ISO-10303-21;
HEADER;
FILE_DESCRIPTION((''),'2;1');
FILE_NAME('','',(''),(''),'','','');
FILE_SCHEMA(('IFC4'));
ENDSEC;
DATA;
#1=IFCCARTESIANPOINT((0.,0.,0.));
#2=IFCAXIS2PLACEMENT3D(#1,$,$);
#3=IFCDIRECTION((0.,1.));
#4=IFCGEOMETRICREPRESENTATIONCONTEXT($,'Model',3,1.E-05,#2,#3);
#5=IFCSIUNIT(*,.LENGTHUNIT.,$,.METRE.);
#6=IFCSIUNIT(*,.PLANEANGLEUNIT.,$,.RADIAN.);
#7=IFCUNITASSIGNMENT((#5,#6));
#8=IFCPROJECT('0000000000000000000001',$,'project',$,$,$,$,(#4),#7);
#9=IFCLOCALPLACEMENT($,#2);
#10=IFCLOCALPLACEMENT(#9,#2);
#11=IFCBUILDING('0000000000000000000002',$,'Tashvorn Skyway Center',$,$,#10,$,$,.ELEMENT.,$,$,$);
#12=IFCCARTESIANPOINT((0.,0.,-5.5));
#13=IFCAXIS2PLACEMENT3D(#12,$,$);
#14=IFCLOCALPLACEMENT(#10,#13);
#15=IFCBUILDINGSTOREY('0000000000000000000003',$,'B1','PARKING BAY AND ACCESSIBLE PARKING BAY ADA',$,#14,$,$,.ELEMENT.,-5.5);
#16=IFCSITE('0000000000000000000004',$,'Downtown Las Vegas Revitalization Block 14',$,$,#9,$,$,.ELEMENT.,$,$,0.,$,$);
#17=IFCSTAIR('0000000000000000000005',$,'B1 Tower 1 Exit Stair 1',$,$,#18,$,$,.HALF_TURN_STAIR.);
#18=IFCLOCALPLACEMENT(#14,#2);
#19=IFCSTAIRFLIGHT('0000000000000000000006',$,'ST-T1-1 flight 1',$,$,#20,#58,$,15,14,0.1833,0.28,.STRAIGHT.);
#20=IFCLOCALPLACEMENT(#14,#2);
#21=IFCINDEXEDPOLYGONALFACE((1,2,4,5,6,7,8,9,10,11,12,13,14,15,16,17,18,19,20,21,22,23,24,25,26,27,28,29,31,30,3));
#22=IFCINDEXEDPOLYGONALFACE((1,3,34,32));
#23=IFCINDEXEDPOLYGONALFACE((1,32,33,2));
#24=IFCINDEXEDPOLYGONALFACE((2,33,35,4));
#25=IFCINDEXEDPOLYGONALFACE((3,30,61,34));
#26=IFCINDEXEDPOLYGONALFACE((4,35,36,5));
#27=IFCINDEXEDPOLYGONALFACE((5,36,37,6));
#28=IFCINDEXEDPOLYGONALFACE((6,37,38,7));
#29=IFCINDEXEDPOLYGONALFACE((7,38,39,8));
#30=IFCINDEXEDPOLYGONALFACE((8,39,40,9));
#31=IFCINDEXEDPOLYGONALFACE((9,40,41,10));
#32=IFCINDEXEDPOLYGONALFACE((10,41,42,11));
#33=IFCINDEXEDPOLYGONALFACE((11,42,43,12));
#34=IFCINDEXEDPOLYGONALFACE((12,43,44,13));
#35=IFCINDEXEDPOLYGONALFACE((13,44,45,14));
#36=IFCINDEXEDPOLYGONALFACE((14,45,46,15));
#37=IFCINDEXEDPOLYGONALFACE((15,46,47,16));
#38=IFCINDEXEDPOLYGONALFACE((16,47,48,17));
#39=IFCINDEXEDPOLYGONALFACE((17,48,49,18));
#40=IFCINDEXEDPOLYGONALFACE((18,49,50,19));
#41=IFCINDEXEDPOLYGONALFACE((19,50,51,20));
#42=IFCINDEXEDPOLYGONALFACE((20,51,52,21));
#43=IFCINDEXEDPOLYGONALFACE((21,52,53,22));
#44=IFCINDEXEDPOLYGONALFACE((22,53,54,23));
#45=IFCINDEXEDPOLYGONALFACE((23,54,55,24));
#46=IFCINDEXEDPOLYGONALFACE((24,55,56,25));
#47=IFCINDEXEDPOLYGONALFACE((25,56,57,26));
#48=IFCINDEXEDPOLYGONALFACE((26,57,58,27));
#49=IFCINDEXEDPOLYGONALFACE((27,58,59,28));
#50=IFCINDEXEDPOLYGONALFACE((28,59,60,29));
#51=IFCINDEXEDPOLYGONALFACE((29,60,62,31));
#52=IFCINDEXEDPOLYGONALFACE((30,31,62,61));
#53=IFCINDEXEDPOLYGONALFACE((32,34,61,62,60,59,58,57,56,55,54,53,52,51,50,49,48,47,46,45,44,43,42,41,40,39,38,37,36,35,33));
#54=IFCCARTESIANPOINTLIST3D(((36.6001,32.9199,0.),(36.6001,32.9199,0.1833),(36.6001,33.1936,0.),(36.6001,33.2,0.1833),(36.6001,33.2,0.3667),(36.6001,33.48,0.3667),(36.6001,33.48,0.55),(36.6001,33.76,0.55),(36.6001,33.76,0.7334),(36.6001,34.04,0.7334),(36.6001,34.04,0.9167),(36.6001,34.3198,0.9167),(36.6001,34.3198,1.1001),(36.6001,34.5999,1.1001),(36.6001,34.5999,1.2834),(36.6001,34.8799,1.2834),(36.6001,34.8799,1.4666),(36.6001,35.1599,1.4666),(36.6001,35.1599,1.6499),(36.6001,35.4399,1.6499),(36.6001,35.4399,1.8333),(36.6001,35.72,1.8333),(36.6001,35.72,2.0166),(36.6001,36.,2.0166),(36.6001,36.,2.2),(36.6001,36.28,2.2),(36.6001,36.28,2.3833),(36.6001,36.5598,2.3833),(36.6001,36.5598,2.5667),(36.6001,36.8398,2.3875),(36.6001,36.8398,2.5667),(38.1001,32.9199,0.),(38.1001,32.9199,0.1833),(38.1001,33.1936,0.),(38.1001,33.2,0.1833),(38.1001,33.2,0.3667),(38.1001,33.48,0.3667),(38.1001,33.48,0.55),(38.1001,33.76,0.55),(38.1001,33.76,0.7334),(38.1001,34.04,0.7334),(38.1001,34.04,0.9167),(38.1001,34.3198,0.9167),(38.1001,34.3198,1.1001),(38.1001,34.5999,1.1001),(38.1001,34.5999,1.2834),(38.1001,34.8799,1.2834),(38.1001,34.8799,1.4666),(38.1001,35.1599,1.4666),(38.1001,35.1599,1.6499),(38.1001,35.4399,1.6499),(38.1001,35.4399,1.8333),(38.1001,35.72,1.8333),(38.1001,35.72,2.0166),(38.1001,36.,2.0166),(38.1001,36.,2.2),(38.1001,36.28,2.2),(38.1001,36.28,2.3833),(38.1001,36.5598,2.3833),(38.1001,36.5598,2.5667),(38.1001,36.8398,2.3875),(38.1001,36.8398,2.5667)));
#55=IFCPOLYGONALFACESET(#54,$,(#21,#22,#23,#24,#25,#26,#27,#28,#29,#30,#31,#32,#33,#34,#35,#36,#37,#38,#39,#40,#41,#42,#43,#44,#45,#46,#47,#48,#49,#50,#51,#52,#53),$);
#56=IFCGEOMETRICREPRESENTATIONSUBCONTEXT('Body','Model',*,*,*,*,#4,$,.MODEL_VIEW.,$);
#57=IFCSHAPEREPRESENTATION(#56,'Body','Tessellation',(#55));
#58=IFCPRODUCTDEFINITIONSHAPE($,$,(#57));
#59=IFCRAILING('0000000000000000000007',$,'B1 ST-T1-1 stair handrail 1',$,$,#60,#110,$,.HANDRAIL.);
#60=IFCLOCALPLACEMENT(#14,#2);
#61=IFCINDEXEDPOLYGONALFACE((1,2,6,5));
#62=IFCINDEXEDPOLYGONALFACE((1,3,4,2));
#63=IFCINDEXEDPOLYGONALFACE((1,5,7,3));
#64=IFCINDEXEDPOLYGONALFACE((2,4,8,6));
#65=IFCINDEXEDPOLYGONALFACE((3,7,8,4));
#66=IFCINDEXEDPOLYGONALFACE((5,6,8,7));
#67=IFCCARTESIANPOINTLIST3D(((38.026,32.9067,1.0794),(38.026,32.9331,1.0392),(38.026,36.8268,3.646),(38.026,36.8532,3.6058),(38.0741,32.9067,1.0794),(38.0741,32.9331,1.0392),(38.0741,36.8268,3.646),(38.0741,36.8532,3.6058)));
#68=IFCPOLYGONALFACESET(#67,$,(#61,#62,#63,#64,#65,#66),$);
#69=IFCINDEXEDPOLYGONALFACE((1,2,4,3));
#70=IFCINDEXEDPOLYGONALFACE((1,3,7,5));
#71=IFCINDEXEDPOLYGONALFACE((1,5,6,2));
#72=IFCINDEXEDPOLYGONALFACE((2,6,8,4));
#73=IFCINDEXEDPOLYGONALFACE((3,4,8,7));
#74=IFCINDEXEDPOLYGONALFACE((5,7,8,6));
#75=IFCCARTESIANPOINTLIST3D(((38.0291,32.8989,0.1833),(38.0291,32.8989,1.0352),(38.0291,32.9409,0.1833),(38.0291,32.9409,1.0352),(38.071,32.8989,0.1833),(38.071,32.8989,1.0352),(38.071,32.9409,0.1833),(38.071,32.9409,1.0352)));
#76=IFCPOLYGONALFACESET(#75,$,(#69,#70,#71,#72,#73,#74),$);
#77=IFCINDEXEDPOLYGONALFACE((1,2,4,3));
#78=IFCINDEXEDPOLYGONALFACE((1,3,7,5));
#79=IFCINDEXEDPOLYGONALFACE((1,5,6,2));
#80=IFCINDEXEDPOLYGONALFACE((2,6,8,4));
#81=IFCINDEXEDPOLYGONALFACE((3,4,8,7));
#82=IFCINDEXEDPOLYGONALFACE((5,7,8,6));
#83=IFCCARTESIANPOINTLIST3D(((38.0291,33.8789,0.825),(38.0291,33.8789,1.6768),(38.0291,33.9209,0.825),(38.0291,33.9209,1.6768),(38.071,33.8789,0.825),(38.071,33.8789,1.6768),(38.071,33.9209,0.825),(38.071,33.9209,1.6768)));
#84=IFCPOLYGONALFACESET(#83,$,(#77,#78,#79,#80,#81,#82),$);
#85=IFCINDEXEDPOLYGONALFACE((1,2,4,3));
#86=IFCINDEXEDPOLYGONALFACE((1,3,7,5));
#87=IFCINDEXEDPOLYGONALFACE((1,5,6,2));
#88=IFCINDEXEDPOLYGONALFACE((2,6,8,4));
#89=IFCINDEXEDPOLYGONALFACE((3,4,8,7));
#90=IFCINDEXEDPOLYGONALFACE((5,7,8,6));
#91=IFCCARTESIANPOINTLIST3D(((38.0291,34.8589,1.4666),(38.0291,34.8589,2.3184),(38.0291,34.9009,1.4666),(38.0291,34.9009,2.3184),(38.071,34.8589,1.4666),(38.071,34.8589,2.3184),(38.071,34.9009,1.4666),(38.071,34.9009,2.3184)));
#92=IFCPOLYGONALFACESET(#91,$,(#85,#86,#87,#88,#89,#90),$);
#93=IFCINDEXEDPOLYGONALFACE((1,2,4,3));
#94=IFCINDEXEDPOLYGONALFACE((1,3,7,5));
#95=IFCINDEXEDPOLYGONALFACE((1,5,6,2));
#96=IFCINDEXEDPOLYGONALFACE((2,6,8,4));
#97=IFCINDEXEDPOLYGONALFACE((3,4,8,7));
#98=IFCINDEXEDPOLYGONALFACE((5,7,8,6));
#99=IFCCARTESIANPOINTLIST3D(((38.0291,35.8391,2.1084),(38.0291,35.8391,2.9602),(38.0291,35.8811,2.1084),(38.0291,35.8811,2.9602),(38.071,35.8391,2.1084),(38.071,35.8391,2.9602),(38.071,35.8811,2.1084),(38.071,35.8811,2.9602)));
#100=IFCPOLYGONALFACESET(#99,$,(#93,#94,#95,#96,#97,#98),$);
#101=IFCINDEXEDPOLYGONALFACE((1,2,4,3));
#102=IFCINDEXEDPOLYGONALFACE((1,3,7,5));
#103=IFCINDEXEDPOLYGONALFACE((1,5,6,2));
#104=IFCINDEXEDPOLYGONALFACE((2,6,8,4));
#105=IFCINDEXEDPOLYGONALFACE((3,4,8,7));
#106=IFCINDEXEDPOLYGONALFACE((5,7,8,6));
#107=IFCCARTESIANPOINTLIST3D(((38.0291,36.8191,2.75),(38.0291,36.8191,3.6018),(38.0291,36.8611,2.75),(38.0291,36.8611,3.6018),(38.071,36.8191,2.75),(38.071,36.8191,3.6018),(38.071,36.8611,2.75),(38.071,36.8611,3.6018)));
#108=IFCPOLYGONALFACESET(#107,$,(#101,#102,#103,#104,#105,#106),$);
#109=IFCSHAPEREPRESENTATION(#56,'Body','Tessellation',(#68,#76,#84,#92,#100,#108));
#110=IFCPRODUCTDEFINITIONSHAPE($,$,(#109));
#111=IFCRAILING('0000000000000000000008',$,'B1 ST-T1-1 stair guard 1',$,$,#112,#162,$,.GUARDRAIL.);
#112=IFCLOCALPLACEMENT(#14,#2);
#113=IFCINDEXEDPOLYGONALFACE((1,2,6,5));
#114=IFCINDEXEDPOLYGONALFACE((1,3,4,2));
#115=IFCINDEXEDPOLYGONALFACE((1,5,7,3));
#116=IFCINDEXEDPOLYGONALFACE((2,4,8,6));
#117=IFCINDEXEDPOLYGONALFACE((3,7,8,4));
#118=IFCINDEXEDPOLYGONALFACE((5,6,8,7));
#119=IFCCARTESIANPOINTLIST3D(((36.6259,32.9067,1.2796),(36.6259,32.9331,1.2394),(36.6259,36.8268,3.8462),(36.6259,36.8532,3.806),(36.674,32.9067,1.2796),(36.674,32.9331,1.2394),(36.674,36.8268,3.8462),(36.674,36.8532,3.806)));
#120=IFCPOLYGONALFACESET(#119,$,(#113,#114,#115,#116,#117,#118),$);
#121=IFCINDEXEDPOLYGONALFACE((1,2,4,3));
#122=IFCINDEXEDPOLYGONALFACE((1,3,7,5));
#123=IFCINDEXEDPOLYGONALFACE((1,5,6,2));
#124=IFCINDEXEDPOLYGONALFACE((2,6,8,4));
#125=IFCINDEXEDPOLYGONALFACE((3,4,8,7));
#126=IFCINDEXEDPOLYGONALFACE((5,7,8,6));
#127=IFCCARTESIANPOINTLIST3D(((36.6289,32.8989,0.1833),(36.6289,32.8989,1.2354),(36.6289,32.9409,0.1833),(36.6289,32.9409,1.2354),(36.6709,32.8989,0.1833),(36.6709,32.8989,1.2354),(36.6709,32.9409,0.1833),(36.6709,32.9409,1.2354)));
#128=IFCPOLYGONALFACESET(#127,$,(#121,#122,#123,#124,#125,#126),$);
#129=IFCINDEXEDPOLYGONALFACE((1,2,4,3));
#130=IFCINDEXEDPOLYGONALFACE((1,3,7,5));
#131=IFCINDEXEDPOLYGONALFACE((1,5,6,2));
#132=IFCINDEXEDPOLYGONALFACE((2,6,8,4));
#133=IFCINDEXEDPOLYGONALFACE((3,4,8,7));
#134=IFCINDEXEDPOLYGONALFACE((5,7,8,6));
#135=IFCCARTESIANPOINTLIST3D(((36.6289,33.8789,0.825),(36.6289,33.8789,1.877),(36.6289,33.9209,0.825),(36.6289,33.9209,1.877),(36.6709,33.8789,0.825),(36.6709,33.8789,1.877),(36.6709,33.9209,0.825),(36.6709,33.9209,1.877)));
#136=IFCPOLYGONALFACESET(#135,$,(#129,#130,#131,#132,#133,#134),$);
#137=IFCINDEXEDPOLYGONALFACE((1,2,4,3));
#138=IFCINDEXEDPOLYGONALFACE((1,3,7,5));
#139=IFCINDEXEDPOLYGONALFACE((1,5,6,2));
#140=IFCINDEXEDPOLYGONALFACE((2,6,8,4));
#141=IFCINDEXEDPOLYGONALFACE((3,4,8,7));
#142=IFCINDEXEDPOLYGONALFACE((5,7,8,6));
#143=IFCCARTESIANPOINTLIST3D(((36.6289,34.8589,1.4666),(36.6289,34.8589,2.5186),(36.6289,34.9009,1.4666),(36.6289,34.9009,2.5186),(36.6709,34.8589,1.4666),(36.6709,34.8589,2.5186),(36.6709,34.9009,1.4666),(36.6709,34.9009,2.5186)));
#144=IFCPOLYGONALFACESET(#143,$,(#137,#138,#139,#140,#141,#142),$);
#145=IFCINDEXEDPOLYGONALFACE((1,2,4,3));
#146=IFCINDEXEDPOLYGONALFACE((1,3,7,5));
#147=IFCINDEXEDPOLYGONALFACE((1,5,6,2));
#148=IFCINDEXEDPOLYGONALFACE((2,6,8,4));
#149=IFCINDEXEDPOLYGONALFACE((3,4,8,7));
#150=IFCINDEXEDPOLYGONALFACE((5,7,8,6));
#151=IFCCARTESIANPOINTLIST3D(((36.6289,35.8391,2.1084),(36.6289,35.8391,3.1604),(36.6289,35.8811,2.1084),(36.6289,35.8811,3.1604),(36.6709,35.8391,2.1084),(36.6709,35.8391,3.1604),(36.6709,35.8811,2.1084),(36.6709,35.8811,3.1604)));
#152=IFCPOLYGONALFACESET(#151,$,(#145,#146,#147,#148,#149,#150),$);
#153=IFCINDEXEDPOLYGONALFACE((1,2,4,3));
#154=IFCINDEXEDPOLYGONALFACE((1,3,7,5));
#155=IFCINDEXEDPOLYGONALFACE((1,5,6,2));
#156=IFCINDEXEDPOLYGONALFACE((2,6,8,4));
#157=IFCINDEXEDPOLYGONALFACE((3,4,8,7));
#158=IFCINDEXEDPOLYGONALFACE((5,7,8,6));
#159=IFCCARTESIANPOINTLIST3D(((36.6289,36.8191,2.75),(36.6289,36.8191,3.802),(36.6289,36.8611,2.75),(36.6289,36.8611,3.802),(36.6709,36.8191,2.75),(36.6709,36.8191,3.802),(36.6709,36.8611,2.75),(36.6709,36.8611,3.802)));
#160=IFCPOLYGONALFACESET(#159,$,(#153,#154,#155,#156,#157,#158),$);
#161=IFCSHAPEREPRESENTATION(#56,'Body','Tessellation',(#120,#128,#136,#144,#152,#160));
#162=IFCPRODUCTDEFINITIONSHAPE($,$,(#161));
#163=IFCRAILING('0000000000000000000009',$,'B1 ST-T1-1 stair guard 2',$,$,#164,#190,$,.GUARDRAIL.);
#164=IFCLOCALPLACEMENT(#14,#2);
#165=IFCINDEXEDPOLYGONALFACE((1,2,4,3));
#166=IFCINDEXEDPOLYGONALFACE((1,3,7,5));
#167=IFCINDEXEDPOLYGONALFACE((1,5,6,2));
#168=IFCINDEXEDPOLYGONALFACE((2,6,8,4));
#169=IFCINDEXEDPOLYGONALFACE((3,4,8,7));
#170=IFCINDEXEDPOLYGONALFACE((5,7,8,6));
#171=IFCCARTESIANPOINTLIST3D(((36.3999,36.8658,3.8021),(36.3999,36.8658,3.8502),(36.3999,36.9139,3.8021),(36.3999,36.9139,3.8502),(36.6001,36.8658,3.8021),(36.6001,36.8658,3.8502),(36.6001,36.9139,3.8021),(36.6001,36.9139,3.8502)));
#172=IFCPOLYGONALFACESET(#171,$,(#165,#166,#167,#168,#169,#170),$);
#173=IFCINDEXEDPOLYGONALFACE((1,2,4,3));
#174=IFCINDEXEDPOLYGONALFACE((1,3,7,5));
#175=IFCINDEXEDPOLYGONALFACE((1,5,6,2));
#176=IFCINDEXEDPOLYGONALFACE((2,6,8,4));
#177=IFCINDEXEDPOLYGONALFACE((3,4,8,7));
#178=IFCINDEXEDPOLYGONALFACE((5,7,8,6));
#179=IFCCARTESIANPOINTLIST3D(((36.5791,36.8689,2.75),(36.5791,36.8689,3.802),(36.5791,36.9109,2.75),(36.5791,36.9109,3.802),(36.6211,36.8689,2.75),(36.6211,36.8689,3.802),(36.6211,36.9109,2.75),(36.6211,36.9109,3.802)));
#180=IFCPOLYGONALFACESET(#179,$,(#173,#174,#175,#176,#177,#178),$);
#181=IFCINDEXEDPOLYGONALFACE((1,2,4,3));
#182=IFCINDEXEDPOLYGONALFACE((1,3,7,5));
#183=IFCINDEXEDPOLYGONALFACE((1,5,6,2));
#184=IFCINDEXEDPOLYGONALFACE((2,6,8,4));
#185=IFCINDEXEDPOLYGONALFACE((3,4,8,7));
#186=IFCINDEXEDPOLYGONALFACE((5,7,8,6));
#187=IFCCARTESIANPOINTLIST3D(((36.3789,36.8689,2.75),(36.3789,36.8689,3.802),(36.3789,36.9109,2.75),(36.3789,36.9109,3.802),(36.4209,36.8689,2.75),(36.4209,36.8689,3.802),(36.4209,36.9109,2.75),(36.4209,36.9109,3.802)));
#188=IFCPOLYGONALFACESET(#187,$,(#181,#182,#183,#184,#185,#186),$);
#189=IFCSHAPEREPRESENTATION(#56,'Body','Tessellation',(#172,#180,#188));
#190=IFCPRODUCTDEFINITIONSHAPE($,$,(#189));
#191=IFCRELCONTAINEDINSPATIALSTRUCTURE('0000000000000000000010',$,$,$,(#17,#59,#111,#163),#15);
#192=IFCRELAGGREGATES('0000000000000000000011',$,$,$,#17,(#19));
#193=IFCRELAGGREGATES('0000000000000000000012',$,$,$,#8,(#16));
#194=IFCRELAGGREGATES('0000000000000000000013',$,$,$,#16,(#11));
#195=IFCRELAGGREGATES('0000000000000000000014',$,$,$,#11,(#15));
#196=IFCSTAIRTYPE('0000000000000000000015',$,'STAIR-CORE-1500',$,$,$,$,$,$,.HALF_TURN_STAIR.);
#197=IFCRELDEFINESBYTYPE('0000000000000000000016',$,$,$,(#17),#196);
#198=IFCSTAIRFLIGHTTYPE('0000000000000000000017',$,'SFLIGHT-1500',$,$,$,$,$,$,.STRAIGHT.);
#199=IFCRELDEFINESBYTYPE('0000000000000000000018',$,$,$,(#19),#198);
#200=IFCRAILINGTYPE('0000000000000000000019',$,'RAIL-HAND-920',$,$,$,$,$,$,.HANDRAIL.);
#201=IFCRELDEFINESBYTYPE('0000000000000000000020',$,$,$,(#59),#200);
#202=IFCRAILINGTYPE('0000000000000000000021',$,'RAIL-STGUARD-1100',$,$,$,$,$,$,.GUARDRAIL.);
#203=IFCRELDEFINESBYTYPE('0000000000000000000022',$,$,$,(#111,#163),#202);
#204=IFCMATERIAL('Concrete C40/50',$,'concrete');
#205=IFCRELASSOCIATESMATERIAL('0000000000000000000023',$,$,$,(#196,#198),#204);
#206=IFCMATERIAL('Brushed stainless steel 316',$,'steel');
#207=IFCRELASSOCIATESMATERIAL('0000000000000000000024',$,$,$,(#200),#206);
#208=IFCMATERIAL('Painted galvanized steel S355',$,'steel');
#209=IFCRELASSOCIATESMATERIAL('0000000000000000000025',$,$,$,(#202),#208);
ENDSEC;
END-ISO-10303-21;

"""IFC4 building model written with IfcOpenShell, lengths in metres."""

from ifc_helpers import new_model, si_unit, direction, frame, origin, origin_2d, place, context, subcontext, project, spatial, polyline, rectangle, outline, extrude, material, type_object, element, aggregate, save


model = new_model("IFC4")

# Units and contexts
model_context = context("Model", 3, precision=1e-05, world=origin(), true_north=direction((0.0, 1.0)))
body_context = subcontext(model_context, "Body", "Model", "MODEL_VIEW")
ifc_project = project(units=[si_unit("LENGTHUNIT", "METRE"), si_unit("PLANEANGLEUNIT", "RADIAN")], contexts=[model_context])

# Site, building, storey
site_placement = place(None, origin())
site = spatial("IfcSite", under=ifc_project, at=site_placement, Name="Downtown Las Vegas Revitalization Block 14", CompositionType="ELEMENT", RefElevation=0.0)
building_placement = place(site_placement, origin())
building = spatial("IfcBuilding", under=site, at=building_placement, Name="Tashvorn Skyway Center", CompositionType="ELEMENT")
storey_placement = place(building_placement, frame((0.0, 0.0, -5.5)))
storey = spatial("IfcBuildingStorey", under=building, at=storey_placement, Name="B1", Description="PARKING BAY AND ACCESSIBLE PARKING BAY ADA", CompositionType="ELEMENT", Elevation=-5.5)

# Shared definitions
ifc_material_1 = material(Name="Concrete C40/50", Category="concrete")

# Stair, stair flight
stair_type = type_object("IfcStairType", Name="STAIR-CORE-1500", PredefinedType="HALF_TURN_STAIR", material=ifc_material_1)
stair_placement = place(storey_placement, origin())
stair = element("IfcStair", 1, at=stair_placement, inside=storey, type_object=stair_type, Name="B1 Tower 1 Exit Stair 1", PredefinedType="HALF_TURN_STAIR")
stair_flight_type = type_object("IfcStairFlightType", Name="SFLIGHT-1500", PredefinedType="STRAIGHT", material=ifc_material_1)
stair_flight_placement = place(storey_placement, frame((37.3501, 32.9199, 0.0), z_axis=(0.0, 0.0, 1.0), x_axis=(0.0, 1.0, 0.0)))
stair_flight = element("IfcStairFlight", 2, at=stair_flight_placement, type_object=stair_flight_type, Name="ST-T1-1 flight 1", NumberOfRisers=15, NumberOfTreads=14, PredefinedType="STRAIGHT", RiserHeight=0.1833, TreadLength=0.28, context=body_context, shape_type="SweptSolid", body=[
    extrude(outline(polyline([(0.0, 0.0), (0.0, 0.1833), (0.28, 0.1833), (0.28, 0.3667), (0.5601, 0.3667), (0.5601, 0.55), (0.8401, 0.55), (0.8401, 0.7334), (1.1201, 0.7334), (1.1201, 0.9167), (1.3999, 0.9167), (1.3999, 1.1001), (1.6799, 1.1001), (1.6799, 1.2834), (1.96, 1.2834), (1.96, 1.4666), (2.24, 1.4666), (2.24, 1.6499), (2.52, 1.6499), (2.52, 1.8333), (2.8, 1.8333), (2.8, 2.0166), (3.0801, 2.0166), (3.0801, 2.2), (3.3601, 2.2), (3.3601, 2.3833), (3.6399, 2.3833), (3.6399, 2.5667), (3.9199, 2.5667), (3.9199, 2.75), (3.9199, 2.3875), (0.2737, 0.0), (0.0, 0.0)])), frame((0.0, 0.75, 0.0), z_axis=(0.0, -1.0, 0.0), x_axis=(1.0, 0.0, 0.0)), (0.0, 0.0, 1.0), 1.5),
])
aggregate(stair, [stair_flight])

# Railings
ifc_material_2 = material(Name="Brushed stainless steel 316", Category="steel")
railing_type_1 = type_object("IfcRailingType", Name="RAIL-HAND-920", PredefinedType="HANDRAIL", material=ifc_material_2)
railing_1_placement = place(storey_placement, frame((38.05, 32.9199, 0.1833)))
element("IfcRailing", 3, at=railing_1_placement, inside=storey, type_object=railing_type_1, Name="B1 ST-T1-1 stair handrail 1", PredefinedType="HANDRAIL", context=body_context, shape_type="SweptSolid", body=[
    extrude(rectangle(XDim=0.0481, YDim=0.0481, at=origin_2d()), frame((0.0, 0.0, 0.876), z_axis=(0.0, 0.836631, 0.547767), x_axis=(-1.0, 0.0, 0.0)), (0.0, 0.0, 1.0), 4.6855),
    extrude(rectangle(XDim=0.042, YDim=0.042, at=origin_2d()), origin(), (0.0, 0.0, 1.0), 0.8518),
    extrude(rectangle(XDim=0.042, YDim=0.042, at=origin_2d()), frame((0.0, 0.98, 0.6416)), (0.0, 0.0, 1.0), 0.8518),
    extrude(rectangle(XDim=0.042, YDim=0.042, at=origin_2d()), frame((0.0, 1.96, 1.2832)), (0.0, 0.0, 1.0), 0.8518),
    extrude(rectangle(XDim=0.042, YDim=0.042, at=origin_2d()), frame((0.0, 2.9402, 1.925)), (0.0, 0.0, 1.0), 0.8518),
    extrude(rectangle(XDim=0.042, YDim=0.042, at=origin_2d()), frame((0.0, 3.9202, 2.5667)), (0.0, 0.0, 1.0), 0.8518),
])
ifc_material_3 = material(Name="Painted galvanized steel S355", Category="steel")
railing_type_2 = type_object("IfcRailingType", Name="RAIL-STGUARD-1100", PredefinedType="GUARDRAIL", material=ifc_material_3)
railing_2_placement = place(storey_placement, frame((36.6499, 32.9199, 0.1833)))
element("IfcRailing", 4, at=railing_2_placement, inside=storey, type_object=railing_type_2, Name="B1 ST-T1-1 stair guard 1", PredefinedType="GUARDRAIL", context=body_context, shape_type="SweptSolid", body=[
    extrude(rectangle(XDim=0.0481, YDim=0.0481, at=origin_2d()), frame((0.0, 0.0, 1.0762), z_axis=(0.0, 0.836631, 0.547767), x_axis=(-1.0, 0.0, 0.0)), (0.0, 0.0, 1.0), 4.6855),
    extrude(rectangle(XDim=0.042, YDim=0.042, at=origin_2d()), origin(), (0.0, 0.0, 1.0), 1.052),
    extrude(rectangle(XDim=0.042, YDim=0.042, at=origin_2d()), frame((0.0, 0.98, 0.6416)), (0.0, 0.0, 1.0), 1.052),
    extrude(rectangle(XDim=0.042, YDim=0.042, at=origin_2d()), frame((0.0, 1.96, 1.2832)), (0.0, 0.0, 1.0), 1.052),
    extrude(rectangle(XDim=0.042, YDim=0.042, at=origin_2d()), frame((0.0, 2.9402, 1.925)), (0.0, 0.0, 1.0), 1.052),
    extrude(rectangle(XDim=0.042, YDim=0.042, at=origin_2d()), frame((0.0, 3.9202, 2.5667)), (0.0, 0.0, 1.0), 1.052),
])
railing_3_placement = place(storey_placement, frame((36.6001, 36.8899, 2.75)))
element("IfcRailing", 5, at=railing_3_placement, inside=storey, type_object=railing_type_2, Name="B1 ST-T1-1 stair guard 2", PredefinedType="GUARDRAIL", context=body_context, shape_type="SweptSolid", body=[
    extrude(rectangle(XDim=0.0481, YDim=0.0481, at=origin_2d()), frame((0.0, 0.0, 1.0762), z_axis=(-1.0, 0.0, 0.0), x_axis=(0.0, -1.0, 0.0)), (0.0, 0.0, 1.0), 0.2002),
    extrude(rectangle(XDim=0.042, YDim=0.042, at=origin_2d()), origin(), (0.0, 0.0, 1.0), 1.052),
    extrude(rectangle(XDim=0.042, YDim=0.042, at=origin_2d()), frame((-0.2002, 0.0, 0.0)), (0.0, 0.0, 1.0), 1.052),
])

save(model, "model.ifc")
